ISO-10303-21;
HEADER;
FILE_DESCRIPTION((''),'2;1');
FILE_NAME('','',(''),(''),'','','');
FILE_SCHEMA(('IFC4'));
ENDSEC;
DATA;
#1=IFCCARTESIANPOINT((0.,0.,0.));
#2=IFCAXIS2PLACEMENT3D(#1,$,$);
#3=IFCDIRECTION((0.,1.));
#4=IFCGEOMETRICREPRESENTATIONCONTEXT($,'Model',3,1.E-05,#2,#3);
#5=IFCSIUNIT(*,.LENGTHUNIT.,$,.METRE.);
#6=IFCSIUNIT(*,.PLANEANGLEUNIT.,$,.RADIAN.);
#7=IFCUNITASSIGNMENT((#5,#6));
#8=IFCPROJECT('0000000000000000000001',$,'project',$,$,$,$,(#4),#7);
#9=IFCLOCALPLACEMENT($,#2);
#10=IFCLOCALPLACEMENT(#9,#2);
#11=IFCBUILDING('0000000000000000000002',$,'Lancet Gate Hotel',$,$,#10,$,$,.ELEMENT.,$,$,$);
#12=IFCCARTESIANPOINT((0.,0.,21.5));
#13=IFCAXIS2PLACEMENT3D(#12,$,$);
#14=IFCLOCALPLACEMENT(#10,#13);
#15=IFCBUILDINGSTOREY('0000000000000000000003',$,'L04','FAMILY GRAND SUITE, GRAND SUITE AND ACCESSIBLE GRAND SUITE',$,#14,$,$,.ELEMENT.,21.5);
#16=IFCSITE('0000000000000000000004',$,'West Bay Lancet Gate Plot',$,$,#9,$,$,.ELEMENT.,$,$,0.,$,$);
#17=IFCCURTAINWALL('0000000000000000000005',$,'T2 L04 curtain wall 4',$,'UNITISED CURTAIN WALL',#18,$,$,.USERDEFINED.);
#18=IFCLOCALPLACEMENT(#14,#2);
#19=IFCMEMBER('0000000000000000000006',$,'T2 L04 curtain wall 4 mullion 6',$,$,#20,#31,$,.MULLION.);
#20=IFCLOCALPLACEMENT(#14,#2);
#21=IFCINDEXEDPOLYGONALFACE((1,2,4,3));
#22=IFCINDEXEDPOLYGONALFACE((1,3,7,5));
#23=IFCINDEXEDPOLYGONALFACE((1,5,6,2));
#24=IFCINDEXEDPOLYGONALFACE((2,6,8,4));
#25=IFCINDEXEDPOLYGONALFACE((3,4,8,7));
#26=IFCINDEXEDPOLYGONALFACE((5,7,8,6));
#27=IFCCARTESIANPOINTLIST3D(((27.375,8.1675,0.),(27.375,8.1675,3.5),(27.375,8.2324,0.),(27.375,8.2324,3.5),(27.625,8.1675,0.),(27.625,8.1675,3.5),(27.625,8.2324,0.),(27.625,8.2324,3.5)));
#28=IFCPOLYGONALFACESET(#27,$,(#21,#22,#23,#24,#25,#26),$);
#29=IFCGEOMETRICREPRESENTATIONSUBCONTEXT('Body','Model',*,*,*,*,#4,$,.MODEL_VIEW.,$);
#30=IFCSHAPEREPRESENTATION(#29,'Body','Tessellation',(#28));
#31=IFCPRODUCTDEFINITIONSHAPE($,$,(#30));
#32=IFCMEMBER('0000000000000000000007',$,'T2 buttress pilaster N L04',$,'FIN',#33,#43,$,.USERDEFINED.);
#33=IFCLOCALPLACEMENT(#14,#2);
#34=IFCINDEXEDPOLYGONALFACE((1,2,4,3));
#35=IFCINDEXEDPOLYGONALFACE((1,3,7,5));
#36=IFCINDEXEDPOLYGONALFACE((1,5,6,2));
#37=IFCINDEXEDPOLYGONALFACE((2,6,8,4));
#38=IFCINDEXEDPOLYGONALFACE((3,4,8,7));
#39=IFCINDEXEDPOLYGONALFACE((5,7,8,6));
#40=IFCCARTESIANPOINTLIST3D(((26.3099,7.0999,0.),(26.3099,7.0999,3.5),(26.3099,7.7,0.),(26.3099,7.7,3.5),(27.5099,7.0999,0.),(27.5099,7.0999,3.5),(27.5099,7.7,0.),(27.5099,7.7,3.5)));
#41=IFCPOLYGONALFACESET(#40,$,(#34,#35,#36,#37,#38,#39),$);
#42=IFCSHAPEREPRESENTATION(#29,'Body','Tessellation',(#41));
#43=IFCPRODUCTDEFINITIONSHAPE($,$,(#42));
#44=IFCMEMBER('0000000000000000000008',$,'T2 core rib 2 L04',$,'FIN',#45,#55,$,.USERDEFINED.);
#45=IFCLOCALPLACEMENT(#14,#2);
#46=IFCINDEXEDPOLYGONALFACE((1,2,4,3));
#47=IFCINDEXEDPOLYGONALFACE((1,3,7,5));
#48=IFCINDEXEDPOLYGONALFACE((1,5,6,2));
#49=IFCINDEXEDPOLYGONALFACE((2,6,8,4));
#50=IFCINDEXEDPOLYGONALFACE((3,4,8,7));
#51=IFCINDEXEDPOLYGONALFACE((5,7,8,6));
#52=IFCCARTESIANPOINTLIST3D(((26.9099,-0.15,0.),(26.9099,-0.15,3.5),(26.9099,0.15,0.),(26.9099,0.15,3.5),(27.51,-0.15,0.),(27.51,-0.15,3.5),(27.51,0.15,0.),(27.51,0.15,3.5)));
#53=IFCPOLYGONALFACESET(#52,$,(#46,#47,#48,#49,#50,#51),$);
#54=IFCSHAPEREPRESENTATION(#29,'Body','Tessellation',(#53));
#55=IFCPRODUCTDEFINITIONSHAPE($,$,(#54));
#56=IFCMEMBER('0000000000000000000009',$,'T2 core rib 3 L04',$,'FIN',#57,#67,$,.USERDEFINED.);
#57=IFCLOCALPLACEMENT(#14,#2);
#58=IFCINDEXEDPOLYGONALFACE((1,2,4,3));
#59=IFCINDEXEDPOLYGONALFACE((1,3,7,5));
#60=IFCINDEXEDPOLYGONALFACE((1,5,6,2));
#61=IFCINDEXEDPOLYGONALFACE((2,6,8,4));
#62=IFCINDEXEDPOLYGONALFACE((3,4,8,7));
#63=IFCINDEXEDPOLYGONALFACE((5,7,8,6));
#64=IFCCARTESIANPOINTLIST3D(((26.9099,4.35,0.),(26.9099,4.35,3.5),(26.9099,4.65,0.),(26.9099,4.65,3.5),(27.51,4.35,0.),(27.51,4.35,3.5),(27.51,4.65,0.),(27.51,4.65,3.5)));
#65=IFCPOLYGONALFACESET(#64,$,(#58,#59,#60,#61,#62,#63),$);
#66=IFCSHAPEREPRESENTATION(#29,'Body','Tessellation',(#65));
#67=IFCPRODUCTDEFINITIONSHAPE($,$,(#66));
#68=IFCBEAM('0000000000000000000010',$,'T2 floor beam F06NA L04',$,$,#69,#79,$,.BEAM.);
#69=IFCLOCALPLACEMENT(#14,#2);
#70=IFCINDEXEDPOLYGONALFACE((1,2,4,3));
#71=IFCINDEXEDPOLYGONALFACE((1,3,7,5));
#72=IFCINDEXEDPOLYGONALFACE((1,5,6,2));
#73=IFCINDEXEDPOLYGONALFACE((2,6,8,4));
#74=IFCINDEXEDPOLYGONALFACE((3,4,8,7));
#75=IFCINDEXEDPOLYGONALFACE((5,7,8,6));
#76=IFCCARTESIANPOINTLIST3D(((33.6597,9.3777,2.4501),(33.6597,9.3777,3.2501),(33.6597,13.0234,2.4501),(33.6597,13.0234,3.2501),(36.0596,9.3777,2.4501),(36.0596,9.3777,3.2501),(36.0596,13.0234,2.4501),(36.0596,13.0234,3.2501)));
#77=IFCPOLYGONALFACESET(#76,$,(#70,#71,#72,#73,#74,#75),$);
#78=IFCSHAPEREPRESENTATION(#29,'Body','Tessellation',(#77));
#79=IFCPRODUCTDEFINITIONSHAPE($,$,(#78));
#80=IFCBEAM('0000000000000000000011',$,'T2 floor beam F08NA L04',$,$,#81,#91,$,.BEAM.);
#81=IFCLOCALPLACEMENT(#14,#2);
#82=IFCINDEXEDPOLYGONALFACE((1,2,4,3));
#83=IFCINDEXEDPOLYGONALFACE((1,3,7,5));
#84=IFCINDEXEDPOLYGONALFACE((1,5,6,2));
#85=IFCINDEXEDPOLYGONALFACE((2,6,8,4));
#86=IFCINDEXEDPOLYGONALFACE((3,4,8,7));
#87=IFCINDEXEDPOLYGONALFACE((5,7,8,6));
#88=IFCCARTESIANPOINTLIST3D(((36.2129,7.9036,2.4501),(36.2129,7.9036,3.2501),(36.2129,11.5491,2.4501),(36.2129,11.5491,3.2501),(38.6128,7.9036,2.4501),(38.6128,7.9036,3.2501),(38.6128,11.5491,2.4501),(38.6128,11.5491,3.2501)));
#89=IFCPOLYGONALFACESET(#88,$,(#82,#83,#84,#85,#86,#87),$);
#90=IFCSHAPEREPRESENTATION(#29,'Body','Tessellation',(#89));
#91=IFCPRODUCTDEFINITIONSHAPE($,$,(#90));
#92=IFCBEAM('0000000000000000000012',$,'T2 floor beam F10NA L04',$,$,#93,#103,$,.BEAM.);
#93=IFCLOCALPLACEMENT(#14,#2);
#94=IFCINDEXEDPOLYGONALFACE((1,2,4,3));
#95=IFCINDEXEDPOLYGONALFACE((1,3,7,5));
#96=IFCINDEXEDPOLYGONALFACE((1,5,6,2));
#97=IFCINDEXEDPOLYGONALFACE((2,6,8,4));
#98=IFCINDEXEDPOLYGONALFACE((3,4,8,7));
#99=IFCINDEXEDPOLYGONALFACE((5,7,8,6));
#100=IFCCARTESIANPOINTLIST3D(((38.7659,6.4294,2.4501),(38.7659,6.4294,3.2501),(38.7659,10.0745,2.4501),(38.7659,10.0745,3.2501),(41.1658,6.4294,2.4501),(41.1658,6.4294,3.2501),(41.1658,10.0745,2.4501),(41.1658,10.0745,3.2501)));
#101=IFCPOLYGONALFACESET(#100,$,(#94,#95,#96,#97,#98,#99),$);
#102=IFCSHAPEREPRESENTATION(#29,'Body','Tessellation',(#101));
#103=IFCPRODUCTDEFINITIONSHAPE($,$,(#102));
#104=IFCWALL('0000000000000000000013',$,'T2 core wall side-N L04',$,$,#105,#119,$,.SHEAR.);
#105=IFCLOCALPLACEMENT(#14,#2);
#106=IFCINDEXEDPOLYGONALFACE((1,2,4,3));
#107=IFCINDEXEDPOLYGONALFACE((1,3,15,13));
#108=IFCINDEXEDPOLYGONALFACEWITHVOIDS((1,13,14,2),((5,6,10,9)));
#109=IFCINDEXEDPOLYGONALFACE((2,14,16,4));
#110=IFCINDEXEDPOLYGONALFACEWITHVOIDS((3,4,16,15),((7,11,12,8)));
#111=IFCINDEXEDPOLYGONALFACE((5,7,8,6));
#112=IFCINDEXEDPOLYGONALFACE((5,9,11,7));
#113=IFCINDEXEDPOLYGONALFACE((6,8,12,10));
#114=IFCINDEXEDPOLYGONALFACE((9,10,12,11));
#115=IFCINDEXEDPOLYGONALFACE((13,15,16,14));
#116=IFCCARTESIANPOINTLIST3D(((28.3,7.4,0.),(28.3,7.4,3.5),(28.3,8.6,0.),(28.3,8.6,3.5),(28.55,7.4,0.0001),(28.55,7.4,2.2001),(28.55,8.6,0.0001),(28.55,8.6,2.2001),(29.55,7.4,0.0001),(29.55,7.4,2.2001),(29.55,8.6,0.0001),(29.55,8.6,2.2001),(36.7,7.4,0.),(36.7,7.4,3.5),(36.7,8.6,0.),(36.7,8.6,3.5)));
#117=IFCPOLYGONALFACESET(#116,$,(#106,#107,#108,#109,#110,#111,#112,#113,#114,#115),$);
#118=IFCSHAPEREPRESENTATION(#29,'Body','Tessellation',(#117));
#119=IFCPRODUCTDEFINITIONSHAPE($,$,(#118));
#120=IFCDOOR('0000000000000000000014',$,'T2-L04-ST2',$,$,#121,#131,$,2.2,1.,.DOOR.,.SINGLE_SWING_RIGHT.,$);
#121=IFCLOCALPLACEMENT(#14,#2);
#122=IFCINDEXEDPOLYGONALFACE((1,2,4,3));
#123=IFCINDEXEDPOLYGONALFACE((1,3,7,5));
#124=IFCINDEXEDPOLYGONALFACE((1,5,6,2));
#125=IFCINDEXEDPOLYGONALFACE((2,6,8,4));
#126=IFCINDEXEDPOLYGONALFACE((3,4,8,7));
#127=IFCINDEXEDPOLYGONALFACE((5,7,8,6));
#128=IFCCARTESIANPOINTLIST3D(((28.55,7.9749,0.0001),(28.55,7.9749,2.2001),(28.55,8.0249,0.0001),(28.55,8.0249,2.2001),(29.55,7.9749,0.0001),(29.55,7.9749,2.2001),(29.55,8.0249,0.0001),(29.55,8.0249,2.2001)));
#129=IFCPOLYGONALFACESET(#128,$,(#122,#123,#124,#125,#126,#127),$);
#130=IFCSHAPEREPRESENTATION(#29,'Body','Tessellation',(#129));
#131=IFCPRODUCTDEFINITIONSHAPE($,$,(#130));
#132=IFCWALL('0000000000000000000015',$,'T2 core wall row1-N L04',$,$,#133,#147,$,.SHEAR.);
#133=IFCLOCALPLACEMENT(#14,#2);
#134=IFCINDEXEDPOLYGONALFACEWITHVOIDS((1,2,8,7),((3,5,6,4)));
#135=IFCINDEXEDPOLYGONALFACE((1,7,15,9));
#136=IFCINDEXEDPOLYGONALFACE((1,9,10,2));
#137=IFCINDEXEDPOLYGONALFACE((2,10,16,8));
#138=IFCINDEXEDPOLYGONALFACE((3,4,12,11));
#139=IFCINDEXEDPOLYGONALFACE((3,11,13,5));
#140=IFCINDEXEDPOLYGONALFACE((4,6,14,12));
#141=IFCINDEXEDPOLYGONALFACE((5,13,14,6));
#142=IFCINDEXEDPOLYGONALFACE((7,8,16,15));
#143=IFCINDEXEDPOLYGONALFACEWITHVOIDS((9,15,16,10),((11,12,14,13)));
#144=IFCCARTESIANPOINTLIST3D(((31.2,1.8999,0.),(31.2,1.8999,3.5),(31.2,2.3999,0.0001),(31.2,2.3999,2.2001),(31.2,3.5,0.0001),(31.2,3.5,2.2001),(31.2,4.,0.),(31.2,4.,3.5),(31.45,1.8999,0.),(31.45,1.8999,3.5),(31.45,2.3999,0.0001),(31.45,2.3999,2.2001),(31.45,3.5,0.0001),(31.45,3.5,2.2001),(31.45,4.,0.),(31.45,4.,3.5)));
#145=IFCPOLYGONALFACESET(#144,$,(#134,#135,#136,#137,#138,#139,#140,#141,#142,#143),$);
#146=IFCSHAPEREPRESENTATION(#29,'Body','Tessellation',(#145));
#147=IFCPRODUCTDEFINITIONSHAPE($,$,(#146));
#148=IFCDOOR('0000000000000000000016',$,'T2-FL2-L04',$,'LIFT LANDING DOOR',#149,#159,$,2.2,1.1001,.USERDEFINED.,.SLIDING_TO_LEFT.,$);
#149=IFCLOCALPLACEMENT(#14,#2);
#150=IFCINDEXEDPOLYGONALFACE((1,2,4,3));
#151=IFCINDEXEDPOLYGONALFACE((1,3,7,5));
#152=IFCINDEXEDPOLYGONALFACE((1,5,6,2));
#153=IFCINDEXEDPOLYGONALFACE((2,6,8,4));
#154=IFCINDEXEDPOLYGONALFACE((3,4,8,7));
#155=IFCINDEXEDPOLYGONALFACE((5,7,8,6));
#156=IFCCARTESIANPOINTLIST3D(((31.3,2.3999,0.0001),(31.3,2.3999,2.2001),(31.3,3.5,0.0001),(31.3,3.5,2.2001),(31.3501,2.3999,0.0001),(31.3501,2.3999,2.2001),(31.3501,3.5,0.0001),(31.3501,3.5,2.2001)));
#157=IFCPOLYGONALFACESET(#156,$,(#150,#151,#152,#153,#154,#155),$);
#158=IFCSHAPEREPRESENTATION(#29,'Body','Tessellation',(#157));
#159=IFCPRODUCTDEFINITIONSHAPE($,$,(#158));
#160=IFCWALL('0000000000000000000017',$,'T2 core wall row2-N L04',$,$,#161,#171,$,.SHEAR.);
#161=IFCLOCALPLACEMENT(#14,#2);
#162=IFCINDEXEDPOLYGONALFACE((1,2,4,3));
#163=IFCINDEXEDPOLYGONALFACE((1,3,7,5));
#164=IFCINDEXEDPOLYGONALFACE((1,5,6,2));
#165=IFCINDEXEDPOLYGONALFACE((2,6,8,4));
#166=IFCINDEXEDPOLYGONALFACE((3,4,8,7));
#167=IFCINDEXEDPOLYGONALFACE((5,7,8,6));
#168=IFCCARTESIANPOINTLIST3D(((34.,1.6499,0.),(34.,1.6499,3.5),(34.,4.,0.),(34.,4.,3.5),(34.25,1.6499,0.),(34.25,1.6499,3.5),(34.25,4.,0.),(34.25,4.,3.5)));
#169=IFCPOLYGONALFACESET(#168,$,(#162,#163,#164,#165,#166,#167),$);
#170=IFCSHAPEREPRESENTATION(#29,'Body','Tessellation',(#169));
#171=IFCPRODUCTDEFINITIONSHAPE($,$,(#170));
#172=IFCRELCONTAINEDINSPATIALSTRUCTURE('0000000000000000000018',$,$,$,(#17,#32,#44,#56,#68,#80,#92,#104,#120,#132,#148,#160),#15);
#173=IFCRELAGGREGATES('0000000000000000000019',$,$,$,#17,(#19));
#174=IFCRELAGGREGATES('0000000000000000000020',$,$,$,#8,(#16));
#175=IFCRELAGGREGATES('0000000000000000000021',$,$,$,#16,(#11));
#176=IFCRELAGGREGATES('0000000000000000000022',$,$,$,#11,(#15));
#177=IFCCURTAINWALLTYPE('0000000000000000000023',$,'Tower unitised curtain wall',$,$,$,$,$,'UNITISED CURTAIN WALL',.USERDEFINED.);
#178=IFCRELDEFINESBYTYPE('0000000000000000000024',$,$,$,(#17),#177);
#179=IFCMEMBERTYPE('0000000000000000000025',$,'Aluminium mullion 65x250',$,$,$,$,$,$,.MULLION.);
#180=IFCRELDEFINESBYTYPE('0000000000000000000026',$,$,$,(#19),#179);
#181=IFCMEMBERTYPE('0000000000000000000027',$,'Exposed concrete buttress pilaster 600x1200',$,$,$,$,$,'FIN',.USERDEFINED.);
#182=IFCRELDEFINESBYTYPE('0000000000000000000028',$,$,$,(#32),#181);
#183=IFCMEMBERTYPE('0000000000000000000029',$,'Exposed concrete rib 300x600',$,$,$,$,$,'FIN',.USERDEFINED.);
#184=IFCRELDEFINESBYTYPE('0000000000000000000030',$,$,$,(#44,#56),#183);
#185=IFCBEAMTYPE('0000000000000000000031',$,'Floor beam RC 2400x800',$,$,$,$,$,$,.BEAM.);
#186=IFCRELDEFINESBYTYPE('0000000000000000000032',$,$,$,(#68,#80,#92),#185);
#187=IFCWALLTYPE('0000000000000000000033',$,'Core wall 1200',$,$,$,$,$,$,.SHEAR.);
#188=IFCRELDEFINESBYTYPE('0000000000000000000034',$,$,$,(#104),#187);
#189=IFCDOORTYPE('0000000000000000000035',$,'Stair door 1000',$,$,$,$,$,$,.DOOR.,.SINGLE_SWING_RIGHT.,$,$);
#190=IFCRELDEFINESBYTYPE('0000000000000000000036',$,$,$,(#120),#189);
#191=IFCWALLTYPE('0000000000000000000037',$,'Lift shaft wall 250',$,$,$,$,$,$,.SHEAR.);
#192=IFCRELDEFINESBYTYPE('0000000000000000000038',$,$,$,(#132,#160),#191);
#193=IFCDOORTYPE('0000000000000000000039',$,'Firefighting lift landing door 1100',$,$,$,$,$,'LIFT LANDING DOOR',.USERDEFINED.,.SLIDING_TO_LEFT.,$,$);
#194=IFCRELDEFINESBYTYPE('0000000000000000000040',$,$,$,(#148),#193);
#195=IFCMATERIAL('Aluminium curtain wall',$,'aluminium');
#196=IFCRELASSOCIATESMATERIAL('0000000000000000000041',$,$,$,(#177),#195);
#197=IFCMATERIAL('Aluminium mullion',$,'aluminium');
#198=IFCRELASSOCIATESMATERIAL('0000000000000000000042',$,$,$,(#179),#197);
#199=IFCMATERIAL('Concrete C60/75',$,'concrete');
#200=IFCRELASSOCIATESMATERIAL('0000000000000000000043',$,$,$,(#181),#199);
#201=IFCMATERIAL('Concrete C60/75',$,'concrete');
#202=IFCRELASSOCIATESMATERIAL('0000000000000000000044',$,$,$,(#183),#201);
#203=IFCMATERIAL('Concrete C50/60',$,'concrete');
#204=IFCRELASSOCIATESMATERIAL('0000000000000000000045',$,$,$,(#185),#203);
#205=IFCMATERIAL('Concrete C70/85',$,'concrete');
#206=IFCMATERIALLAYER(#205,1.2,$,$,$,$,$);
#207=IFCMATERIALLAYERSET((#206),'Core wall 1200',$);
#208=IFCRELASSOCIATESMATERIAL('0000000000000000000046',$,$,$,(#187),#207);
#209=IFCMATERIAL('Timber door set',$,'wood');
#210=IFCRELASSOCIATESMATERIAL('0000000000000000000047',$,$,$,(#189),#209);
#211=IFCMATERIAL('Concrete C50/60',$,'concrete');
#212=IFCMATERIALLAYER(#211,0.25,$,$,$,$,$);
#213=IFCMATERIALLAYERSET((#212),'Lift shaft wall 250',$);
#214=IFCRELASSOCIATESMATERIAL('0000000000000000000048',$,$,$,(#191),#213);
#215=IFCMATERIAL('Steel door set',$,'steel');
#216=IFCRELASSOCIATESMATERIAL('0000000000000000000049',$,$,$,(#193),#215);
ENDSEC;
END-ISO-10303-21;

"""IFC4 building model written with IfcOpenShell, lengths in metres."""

from ifc_helpers import new_model, si_unit, direction, frame, frame_2d, origin, origin_2d, place, context, subcontext, project, spatial, rectangle, extrude, material, layer, layer_set, material_profile, profile_set, type_object, element, fill, aggregate, save


model = new_model("IFC4")

# Units and contexts
model_context = context("Model", 3, precision=1e-05, world=origin(), true_north=direction((0.0, 1.0)))
body_context = subcontext(model_context, "Body", "Model", "MODEL_VIEW")
ifc_project = project(units=[si_unit("LENGTHUNIT", "METRE"), si_unit("PLANEANGLEUNIT", "RADIAN")], contexts=[model_context])

# Site, building, storey
site_placement = place(None, origin())
site = spatial("IfcSite", under=ifc_project, at=site_placement, Name="West Bay Lancet Gate Plot", CompositionType="ELEMENT", RefElevation=0.0)
building_placement = place(site_placement, origin())
building = spatial("IfcBuilding", under=site, at=building_placement, Name="Lancet Gate Hotel", CompositionType="ELEMENT")
storey_placement = place(building_placement, frame((0.0, 0.0, 21.5)))
storey = spatial("IfcBuildingStorey", under=building, at=storey_placement, Name="L04", Description="FAMILY GRAND SUITE, GRAND SUITE AND ACCESSIBLE GRAND SUITE", CompositionType="ELEMENT", Elevation=21.5)

# Curtain wall, member
ifc_material_1 = material(Name="Aluminium curtain wall", Category="aluminium")
curtain_wall_type = type_object("IfcCurtainWallType", Name="Tower unitised curtain wall", ElementType="UNITISED CURTAIN WALL", PredefinedType="USERDEFINED", material=ifc_material_1)
curtain_wall_placement = place(storey_placement, origin())
curtain_wall = element("IfcCurtainWall", 1, at=curtain_wall_placement, inside=storey, type_object=curtain_wall_type, Name="T2 L04 curtain wall 4", ObjectType="UNITISED CURTAIN WALL", PredefinedType="USERDEFINED")
ifc_material_2 = material(Name="Aluminium mullion", Category="aluminium")
ifc_material_profile_1 = material_profile(ifc_material_2, rectangle(XDim=0.0649, YDim=0.25, at=origin_2d()), Name="MULLION 65x250")
ifc_profile_set_1 = profile_set([ifc_material_profile_1], Name="Aluminium mullion")
member_type_1 = type_object("IfcMemberType", Name="Aluminium mullion 65x250", PredefinedType="MULLION", material=ifc_profile_set_1)
member_1_placement = place(storey_placement, frame((27.5, 8.2, 0.0), z_axis=(0.0, 0.0, 1.0), x_axis=(0.0, -1.0, 0.0)))
member_1 = element("IfcMember", 2, at=member_1_placement, type_object=member_type_1, Name="T2 L04 curtain wall 4 mullion 6", PredefinedType="MULLION", context=body_context, shape_type="SweptSolid", body=[
    extrude(rectangle(XDim=0.0649, YDim=0.25, at=origin_2d()), origin(), (0.0, 0.0, 1.0), 3.5),
])
aggregate(curtain_wall, [member_1])

# Members
ifc_material_3 = material(Name="Concrete C60/75", Category="concrete")
ifc_material_profile_2 = material_profile(ifc_material_3, rectangle(XDim=0.6001, YDim=1.2, at=origin_2d()), Name="FIN 600x1200")
ifc_profile_set_2 = profile_set([ifc_material_profile_2], Name="Concrete C60/75")
member_type_2 = type_object("IfcMemberType", Name="Exposed concrete buttress pilaster 600x1200", ElementType="FIN", PredefinedType="USERDEFINED", material=ifc_profile_set_2)
member_2_placement = place(storey_placement, frame((26.9099, 7.3999, 0.0), z_axis=(0.0, 0.0, 1.0), x_axis=(0.0, 1.0, 0.0)))
element("IfcMember", 3, at=member_2_placement, inside=storey, type_object=member_type_2, Name="T2 buttress pilaster N L04", ObjectType="FIN", PredefinedType="USERDEFINED", context=body_context, shape_type="SweptSolid", body=[
    extrude(rectangle(XDim=0.6001, YDim=1.2, at=origin_2d()), origin(), (0.0, 0.0, 1.0), 3.5),
])
ifc_material_4 = material(Name="Concrete C60/75", Category="concrete")
ifc_material_profile_3 = material_profile(ifc_material_4, rectangle(XDim=0.3, YDim=0.6001, at=origin_2d()), Name="FIN 300x600")
ifc_profile_set_3 = profile_set([ifc_material_profile_3], Name="Concrete C60/75")
member_type_3 = type_object("IfcMemberType", Name="Exposed concrete rib 300x600", ElementType="FIN", PredefinedType="USERDEFINED", material=ifc_profile_set_3)
for number, where, z_axis, x_axis, name in (
    (4, (27.21, 0.0, 0.0), (0.0, 0.0, 1.0), (0.0, 1.0, 0.0), "T2 core rib 2 L04"),
    (5, (27.21, 4.5, 0.0), (0.0, 0.0, 1.0), (0.0, 1.0, 0.0), "T2 core rib 3 L04"),
):
    element("IfcMember", number, at=place(storey_placement, frame(where, z_axis=z_axis, x_axis=x_axis)), inside=storey, type_object=member_type_3, Name=name, ObjectType="FIN", PredefinedType="USERDEFINED", context=body_context, shape_type="SweptSolid", body=[
        extrude(rectangle(XDim=0.3, YDim=0.6001, at=origin_2d()), origin(), (0.0, 0.0, 1.0), 3.5),
    ])

# Beams
ifc_material_5 = material(Name="Concrete C50/60", Category="concrete")
ifc_material_profile_4 = material_profile(ifc_material_5, rectangle(XDim=2.3999, YDim=0.8, at=origin_2d()), Name="RC 2400x800")
ifc_profile_set_4 = profile_set([ifc_material_profile_4], Name="Concrete C50/60")
beam_type = type_object("IfcBeamType", Name="Floor beam RC 2400x800", PredefinedType="BEAM", material=ifc_profile_set_4)
beam_1_placement = place(storey_placement, frame((34.8596, 9.3777, 2.8501), z_axis=(0.0, 1.0, 0.0), x_axis=(-1.0, 0.0, 0.0)))
element("IfcBeam", 6, at=beam_1_placement, inside=storey, type_object=beam_type, Name="T2 floor beam F06NA L04", PredefinedType="BEAM", context=body_context, shape_type="SweptSolid", body=[
    extrude(rectangle(XDim=2.3999, YDim=0.8, at=origin_2d()), origin(), (0.0, 0.0, 1.0), 3.6458),
])
beam_2_placement = place(storey_placement, frame((37.4128, 7.9036, 2.8501), z_axis=(0.0, 1.0, 0.0), x_axis=(-1.0, 0.0, 0.0)))
element("IfcBeam", 7, at=beam_2_placement, inside=storey, type_object=beam_type, Name="T2 floor beam F08NA L04", PredefinedType="BEAM", context=body_context, shape_type="SweptSolid", body=[
    extrude(rectangle(XDim=2.3999, YDim=0.8, at=origin_2d()), origin(), (0.0, 0.0, 1.0), 3.6455),
])
beam_3_placement = place(storey_placement, frame((39.9658, 6.4294, 2.8501), z_axis=(0.0, 1.0, 0.0), x_axis=(-1.0, 0.0, 0.0)))
element("IfcBeam", 8, at=beam_3_placement, inside=storey, type_object=beam_type, Name="T2 floor beam F10NA L04", PredefinedType="BEAM", context=body_context, shape_type="SweptSolid", body=[
    extrude(rectangle(XDim=2.3999, YDim=0.8, at=origin_2d()), origin(), (0.0, 0.0, 1.0), 3.645),
])

# Walls, openings, doors
ifc_material_6 = material(Name="Concrete C70/85", Category="concrete")
ifc_layer_1 = layer(ifc_material_6, 1.2)
ifc_layer_set_1 = layer_set([ifc_layer_1], Name="Core wall 1200")
wall_type_1 = type_object("IfcWallType", Name="Core wall 1200", PredefinedType="SHEAR", material=ifc_layer_set_1)
wall_1_placement = place(storey_placement, frame((28.3, 8.0, 0.0), z_axis=(0.0, 0.0, 1.0), x_axis=(1.0, 0.0, 0.0)))
wall_1 = element("IfcWall", 9, at=wall_1_placement, inside=storey, type_object=wall_type_1, Name="T2 core wall side-N L04", PredefinedType="SHEAR", context=body_context, shape_type="SweptSolid", body=[
    extrude(rectangle(XDim=8.3999, YDim=1.2, at=frame_2d((4.2, 0.0))), origin(), (0.0, 0.0, 1.0), 3.5),
])
opening_1_placement = place(wall_1_placement, frame((0.25, 0.0, 0.0)))
opening_1 = element("IfcOpeningElement", 10, at=opening_1_placement, cuts=wall_1, PredefinedType="OPENING", context=body_context, shape_type="SweptSolid", body=[
    extrude(rectangle(XDim=1.0, YDim=2.2, at=frame_2d((0.5, 1.1001))), frame((0.0, 0.6099, 0.0), z_axis=(0.0, -1.0, 0.0), x_axis=(1.0, 0.0, 0.0)), (0.0, 0.0, 1.0), 1.22),
])
ifc_material_7 = material(Name="Timber door set", Category="wood")
door_type_1 = type_object("IfcDoorType", Name="Stair door 1000", OperationType="SINGLE_SWING_RIGHT", PredefinedType="DOOR", material=ifc_material_7)
door_1_placement = place(opening_1_placement, origin())
door_1 = element("IfcDoor", 11, at=door_1_placement, inside=storey, type_object=door_type_1, Name="T2-L04-ST2", OperationType="SINGLE_SWING_RIGHT", OverallHeight=2.2, OverallWidth=1.0, PredefinedType="DOOR", context=body_context, shape_type="SweptSolid", body=[
    extrude(rectangle(XDim=1.0, YDim=2.2, at=frame_2d((0.5, 1.1001))), frame((0.0, 0.0249, 0.0), z_axis=(0.0, -1.0, 0.0), x_axis=(1.0, 0.0, 0.0)), (0.0, 0.0, 1.0), 0.05),
])
fill(opening_1, door_1)
ifc_material_8 = material(Name="Concrete C50/60", Category="concrete")
ifc_layer_2 = layer(ifc_material_8, 0.25)
ifc_layer_set_2 = layer_set([ifc_layer_2], Name="Lift shaft wall 250")
wall_type_2 = type_object("IfcWallType", Name="Lift shaft wall 250", PredefinedType="SHEAR", material=ifc_layer_set_2)
wall_2_placement = place(storey_placement, frame((31.325, 1.8999, 0.0), z_axis=(0.0, 0.0, 1.0), x_axis=(0.0, 1.0, 0.0)))
wall_2 = element("IfcWall", 12, at=wall_2_placement, inside=storey, type_object=wall_type_2, Name="T2 core wall row1-N L04", PredefinedType="SHEAR", context=body_context, shape_type="SweptSolid", body=[
    extrude(rectangle(XDim=2.1001, YDim=0.25, at=frame_2d((1.05, 0.0))), origin(), (0.0, 0.0, 1.0), 3.5),
])
opening_2_placement = place(wall_2_placement, frame((0.5, 0.0, 0.0)))
opening_2 = element("IfcOpeningElement", 13, at=opening_2_placement, cuts=wall_2, PredefinedType="OPENING", context=body_context, shape_type="SweptSolid", body=[
    extrude(rectangle(XDim=1.1001, YDim=2.2, at=frame_2d((0.55, 1.1001))), frame((0.0, 0.135, 0.0), z_axis=(0.0, -1.0, 0.0), x_axis=(1.0, 0.0, 0.0)), (0.0, 0.0, 1.0), 0.27),
])
ifc_material_9 = material(Name="Steel door set", Category="steel")
door_type_2 = type_object("IfcDoorType", Name="Firefighting lift landing door 1100", ElementType="LIFT LANDING DOOR", OperationType="SLIDING_TO_LEFT", PredefinedType="USERDEFINED", material=ifc_material_9)
door_2_placement = place(opening_2_placement, origin())
door_2 = element("IfcDoor", 14, at=door_2_placement, inside=storey, type_object=door_type_2, Name="T2-FL2-L04", ObjectType="LIFT LANDING DOOR", OperationType="SLIDING_TO_LEFT", OverallHeight=2.2, OverallWidth=1.1001, PredefinedType="USERDEFINED", context=body_context, shape_type="SweptSolid", body=[
    extrude(rectangle(XDim=1.1001, YDim=2.2, at=frame_2d((0.55, 1.1001))), frame((0.0, 0.0249, 0.0), z_axis=(0.0, -1.0, 0.0), x_axis=(1.0, 0.0, 0.0)), (0.0, 0.0, 1.0), 0.05),
])
fill(opening_2, door_2)

# Wall
wall_3_placement = place(storey_placement, frame((34.125, 1.6499, 0.0), z_axis=(0.0, 0.0, 1.0), x_axis=(0.0, 1.0, 0.0)))
element("IfcWall", 15, at=wall_3_placement, inside=storey, type_object=wall_type_2, Name="T2 core wall row2-N L04", PredefinedType="SHEAR", context=body_context, shape_type="SweptSolid", body=[
    extrude(rectangle(XDim=2.3501, YDim=0.25, at=frame_2d((1.175, 0.0))), origin(), (0.0, 0.0, 1.0), 3.5),
])

save(model, "model.ifc")
